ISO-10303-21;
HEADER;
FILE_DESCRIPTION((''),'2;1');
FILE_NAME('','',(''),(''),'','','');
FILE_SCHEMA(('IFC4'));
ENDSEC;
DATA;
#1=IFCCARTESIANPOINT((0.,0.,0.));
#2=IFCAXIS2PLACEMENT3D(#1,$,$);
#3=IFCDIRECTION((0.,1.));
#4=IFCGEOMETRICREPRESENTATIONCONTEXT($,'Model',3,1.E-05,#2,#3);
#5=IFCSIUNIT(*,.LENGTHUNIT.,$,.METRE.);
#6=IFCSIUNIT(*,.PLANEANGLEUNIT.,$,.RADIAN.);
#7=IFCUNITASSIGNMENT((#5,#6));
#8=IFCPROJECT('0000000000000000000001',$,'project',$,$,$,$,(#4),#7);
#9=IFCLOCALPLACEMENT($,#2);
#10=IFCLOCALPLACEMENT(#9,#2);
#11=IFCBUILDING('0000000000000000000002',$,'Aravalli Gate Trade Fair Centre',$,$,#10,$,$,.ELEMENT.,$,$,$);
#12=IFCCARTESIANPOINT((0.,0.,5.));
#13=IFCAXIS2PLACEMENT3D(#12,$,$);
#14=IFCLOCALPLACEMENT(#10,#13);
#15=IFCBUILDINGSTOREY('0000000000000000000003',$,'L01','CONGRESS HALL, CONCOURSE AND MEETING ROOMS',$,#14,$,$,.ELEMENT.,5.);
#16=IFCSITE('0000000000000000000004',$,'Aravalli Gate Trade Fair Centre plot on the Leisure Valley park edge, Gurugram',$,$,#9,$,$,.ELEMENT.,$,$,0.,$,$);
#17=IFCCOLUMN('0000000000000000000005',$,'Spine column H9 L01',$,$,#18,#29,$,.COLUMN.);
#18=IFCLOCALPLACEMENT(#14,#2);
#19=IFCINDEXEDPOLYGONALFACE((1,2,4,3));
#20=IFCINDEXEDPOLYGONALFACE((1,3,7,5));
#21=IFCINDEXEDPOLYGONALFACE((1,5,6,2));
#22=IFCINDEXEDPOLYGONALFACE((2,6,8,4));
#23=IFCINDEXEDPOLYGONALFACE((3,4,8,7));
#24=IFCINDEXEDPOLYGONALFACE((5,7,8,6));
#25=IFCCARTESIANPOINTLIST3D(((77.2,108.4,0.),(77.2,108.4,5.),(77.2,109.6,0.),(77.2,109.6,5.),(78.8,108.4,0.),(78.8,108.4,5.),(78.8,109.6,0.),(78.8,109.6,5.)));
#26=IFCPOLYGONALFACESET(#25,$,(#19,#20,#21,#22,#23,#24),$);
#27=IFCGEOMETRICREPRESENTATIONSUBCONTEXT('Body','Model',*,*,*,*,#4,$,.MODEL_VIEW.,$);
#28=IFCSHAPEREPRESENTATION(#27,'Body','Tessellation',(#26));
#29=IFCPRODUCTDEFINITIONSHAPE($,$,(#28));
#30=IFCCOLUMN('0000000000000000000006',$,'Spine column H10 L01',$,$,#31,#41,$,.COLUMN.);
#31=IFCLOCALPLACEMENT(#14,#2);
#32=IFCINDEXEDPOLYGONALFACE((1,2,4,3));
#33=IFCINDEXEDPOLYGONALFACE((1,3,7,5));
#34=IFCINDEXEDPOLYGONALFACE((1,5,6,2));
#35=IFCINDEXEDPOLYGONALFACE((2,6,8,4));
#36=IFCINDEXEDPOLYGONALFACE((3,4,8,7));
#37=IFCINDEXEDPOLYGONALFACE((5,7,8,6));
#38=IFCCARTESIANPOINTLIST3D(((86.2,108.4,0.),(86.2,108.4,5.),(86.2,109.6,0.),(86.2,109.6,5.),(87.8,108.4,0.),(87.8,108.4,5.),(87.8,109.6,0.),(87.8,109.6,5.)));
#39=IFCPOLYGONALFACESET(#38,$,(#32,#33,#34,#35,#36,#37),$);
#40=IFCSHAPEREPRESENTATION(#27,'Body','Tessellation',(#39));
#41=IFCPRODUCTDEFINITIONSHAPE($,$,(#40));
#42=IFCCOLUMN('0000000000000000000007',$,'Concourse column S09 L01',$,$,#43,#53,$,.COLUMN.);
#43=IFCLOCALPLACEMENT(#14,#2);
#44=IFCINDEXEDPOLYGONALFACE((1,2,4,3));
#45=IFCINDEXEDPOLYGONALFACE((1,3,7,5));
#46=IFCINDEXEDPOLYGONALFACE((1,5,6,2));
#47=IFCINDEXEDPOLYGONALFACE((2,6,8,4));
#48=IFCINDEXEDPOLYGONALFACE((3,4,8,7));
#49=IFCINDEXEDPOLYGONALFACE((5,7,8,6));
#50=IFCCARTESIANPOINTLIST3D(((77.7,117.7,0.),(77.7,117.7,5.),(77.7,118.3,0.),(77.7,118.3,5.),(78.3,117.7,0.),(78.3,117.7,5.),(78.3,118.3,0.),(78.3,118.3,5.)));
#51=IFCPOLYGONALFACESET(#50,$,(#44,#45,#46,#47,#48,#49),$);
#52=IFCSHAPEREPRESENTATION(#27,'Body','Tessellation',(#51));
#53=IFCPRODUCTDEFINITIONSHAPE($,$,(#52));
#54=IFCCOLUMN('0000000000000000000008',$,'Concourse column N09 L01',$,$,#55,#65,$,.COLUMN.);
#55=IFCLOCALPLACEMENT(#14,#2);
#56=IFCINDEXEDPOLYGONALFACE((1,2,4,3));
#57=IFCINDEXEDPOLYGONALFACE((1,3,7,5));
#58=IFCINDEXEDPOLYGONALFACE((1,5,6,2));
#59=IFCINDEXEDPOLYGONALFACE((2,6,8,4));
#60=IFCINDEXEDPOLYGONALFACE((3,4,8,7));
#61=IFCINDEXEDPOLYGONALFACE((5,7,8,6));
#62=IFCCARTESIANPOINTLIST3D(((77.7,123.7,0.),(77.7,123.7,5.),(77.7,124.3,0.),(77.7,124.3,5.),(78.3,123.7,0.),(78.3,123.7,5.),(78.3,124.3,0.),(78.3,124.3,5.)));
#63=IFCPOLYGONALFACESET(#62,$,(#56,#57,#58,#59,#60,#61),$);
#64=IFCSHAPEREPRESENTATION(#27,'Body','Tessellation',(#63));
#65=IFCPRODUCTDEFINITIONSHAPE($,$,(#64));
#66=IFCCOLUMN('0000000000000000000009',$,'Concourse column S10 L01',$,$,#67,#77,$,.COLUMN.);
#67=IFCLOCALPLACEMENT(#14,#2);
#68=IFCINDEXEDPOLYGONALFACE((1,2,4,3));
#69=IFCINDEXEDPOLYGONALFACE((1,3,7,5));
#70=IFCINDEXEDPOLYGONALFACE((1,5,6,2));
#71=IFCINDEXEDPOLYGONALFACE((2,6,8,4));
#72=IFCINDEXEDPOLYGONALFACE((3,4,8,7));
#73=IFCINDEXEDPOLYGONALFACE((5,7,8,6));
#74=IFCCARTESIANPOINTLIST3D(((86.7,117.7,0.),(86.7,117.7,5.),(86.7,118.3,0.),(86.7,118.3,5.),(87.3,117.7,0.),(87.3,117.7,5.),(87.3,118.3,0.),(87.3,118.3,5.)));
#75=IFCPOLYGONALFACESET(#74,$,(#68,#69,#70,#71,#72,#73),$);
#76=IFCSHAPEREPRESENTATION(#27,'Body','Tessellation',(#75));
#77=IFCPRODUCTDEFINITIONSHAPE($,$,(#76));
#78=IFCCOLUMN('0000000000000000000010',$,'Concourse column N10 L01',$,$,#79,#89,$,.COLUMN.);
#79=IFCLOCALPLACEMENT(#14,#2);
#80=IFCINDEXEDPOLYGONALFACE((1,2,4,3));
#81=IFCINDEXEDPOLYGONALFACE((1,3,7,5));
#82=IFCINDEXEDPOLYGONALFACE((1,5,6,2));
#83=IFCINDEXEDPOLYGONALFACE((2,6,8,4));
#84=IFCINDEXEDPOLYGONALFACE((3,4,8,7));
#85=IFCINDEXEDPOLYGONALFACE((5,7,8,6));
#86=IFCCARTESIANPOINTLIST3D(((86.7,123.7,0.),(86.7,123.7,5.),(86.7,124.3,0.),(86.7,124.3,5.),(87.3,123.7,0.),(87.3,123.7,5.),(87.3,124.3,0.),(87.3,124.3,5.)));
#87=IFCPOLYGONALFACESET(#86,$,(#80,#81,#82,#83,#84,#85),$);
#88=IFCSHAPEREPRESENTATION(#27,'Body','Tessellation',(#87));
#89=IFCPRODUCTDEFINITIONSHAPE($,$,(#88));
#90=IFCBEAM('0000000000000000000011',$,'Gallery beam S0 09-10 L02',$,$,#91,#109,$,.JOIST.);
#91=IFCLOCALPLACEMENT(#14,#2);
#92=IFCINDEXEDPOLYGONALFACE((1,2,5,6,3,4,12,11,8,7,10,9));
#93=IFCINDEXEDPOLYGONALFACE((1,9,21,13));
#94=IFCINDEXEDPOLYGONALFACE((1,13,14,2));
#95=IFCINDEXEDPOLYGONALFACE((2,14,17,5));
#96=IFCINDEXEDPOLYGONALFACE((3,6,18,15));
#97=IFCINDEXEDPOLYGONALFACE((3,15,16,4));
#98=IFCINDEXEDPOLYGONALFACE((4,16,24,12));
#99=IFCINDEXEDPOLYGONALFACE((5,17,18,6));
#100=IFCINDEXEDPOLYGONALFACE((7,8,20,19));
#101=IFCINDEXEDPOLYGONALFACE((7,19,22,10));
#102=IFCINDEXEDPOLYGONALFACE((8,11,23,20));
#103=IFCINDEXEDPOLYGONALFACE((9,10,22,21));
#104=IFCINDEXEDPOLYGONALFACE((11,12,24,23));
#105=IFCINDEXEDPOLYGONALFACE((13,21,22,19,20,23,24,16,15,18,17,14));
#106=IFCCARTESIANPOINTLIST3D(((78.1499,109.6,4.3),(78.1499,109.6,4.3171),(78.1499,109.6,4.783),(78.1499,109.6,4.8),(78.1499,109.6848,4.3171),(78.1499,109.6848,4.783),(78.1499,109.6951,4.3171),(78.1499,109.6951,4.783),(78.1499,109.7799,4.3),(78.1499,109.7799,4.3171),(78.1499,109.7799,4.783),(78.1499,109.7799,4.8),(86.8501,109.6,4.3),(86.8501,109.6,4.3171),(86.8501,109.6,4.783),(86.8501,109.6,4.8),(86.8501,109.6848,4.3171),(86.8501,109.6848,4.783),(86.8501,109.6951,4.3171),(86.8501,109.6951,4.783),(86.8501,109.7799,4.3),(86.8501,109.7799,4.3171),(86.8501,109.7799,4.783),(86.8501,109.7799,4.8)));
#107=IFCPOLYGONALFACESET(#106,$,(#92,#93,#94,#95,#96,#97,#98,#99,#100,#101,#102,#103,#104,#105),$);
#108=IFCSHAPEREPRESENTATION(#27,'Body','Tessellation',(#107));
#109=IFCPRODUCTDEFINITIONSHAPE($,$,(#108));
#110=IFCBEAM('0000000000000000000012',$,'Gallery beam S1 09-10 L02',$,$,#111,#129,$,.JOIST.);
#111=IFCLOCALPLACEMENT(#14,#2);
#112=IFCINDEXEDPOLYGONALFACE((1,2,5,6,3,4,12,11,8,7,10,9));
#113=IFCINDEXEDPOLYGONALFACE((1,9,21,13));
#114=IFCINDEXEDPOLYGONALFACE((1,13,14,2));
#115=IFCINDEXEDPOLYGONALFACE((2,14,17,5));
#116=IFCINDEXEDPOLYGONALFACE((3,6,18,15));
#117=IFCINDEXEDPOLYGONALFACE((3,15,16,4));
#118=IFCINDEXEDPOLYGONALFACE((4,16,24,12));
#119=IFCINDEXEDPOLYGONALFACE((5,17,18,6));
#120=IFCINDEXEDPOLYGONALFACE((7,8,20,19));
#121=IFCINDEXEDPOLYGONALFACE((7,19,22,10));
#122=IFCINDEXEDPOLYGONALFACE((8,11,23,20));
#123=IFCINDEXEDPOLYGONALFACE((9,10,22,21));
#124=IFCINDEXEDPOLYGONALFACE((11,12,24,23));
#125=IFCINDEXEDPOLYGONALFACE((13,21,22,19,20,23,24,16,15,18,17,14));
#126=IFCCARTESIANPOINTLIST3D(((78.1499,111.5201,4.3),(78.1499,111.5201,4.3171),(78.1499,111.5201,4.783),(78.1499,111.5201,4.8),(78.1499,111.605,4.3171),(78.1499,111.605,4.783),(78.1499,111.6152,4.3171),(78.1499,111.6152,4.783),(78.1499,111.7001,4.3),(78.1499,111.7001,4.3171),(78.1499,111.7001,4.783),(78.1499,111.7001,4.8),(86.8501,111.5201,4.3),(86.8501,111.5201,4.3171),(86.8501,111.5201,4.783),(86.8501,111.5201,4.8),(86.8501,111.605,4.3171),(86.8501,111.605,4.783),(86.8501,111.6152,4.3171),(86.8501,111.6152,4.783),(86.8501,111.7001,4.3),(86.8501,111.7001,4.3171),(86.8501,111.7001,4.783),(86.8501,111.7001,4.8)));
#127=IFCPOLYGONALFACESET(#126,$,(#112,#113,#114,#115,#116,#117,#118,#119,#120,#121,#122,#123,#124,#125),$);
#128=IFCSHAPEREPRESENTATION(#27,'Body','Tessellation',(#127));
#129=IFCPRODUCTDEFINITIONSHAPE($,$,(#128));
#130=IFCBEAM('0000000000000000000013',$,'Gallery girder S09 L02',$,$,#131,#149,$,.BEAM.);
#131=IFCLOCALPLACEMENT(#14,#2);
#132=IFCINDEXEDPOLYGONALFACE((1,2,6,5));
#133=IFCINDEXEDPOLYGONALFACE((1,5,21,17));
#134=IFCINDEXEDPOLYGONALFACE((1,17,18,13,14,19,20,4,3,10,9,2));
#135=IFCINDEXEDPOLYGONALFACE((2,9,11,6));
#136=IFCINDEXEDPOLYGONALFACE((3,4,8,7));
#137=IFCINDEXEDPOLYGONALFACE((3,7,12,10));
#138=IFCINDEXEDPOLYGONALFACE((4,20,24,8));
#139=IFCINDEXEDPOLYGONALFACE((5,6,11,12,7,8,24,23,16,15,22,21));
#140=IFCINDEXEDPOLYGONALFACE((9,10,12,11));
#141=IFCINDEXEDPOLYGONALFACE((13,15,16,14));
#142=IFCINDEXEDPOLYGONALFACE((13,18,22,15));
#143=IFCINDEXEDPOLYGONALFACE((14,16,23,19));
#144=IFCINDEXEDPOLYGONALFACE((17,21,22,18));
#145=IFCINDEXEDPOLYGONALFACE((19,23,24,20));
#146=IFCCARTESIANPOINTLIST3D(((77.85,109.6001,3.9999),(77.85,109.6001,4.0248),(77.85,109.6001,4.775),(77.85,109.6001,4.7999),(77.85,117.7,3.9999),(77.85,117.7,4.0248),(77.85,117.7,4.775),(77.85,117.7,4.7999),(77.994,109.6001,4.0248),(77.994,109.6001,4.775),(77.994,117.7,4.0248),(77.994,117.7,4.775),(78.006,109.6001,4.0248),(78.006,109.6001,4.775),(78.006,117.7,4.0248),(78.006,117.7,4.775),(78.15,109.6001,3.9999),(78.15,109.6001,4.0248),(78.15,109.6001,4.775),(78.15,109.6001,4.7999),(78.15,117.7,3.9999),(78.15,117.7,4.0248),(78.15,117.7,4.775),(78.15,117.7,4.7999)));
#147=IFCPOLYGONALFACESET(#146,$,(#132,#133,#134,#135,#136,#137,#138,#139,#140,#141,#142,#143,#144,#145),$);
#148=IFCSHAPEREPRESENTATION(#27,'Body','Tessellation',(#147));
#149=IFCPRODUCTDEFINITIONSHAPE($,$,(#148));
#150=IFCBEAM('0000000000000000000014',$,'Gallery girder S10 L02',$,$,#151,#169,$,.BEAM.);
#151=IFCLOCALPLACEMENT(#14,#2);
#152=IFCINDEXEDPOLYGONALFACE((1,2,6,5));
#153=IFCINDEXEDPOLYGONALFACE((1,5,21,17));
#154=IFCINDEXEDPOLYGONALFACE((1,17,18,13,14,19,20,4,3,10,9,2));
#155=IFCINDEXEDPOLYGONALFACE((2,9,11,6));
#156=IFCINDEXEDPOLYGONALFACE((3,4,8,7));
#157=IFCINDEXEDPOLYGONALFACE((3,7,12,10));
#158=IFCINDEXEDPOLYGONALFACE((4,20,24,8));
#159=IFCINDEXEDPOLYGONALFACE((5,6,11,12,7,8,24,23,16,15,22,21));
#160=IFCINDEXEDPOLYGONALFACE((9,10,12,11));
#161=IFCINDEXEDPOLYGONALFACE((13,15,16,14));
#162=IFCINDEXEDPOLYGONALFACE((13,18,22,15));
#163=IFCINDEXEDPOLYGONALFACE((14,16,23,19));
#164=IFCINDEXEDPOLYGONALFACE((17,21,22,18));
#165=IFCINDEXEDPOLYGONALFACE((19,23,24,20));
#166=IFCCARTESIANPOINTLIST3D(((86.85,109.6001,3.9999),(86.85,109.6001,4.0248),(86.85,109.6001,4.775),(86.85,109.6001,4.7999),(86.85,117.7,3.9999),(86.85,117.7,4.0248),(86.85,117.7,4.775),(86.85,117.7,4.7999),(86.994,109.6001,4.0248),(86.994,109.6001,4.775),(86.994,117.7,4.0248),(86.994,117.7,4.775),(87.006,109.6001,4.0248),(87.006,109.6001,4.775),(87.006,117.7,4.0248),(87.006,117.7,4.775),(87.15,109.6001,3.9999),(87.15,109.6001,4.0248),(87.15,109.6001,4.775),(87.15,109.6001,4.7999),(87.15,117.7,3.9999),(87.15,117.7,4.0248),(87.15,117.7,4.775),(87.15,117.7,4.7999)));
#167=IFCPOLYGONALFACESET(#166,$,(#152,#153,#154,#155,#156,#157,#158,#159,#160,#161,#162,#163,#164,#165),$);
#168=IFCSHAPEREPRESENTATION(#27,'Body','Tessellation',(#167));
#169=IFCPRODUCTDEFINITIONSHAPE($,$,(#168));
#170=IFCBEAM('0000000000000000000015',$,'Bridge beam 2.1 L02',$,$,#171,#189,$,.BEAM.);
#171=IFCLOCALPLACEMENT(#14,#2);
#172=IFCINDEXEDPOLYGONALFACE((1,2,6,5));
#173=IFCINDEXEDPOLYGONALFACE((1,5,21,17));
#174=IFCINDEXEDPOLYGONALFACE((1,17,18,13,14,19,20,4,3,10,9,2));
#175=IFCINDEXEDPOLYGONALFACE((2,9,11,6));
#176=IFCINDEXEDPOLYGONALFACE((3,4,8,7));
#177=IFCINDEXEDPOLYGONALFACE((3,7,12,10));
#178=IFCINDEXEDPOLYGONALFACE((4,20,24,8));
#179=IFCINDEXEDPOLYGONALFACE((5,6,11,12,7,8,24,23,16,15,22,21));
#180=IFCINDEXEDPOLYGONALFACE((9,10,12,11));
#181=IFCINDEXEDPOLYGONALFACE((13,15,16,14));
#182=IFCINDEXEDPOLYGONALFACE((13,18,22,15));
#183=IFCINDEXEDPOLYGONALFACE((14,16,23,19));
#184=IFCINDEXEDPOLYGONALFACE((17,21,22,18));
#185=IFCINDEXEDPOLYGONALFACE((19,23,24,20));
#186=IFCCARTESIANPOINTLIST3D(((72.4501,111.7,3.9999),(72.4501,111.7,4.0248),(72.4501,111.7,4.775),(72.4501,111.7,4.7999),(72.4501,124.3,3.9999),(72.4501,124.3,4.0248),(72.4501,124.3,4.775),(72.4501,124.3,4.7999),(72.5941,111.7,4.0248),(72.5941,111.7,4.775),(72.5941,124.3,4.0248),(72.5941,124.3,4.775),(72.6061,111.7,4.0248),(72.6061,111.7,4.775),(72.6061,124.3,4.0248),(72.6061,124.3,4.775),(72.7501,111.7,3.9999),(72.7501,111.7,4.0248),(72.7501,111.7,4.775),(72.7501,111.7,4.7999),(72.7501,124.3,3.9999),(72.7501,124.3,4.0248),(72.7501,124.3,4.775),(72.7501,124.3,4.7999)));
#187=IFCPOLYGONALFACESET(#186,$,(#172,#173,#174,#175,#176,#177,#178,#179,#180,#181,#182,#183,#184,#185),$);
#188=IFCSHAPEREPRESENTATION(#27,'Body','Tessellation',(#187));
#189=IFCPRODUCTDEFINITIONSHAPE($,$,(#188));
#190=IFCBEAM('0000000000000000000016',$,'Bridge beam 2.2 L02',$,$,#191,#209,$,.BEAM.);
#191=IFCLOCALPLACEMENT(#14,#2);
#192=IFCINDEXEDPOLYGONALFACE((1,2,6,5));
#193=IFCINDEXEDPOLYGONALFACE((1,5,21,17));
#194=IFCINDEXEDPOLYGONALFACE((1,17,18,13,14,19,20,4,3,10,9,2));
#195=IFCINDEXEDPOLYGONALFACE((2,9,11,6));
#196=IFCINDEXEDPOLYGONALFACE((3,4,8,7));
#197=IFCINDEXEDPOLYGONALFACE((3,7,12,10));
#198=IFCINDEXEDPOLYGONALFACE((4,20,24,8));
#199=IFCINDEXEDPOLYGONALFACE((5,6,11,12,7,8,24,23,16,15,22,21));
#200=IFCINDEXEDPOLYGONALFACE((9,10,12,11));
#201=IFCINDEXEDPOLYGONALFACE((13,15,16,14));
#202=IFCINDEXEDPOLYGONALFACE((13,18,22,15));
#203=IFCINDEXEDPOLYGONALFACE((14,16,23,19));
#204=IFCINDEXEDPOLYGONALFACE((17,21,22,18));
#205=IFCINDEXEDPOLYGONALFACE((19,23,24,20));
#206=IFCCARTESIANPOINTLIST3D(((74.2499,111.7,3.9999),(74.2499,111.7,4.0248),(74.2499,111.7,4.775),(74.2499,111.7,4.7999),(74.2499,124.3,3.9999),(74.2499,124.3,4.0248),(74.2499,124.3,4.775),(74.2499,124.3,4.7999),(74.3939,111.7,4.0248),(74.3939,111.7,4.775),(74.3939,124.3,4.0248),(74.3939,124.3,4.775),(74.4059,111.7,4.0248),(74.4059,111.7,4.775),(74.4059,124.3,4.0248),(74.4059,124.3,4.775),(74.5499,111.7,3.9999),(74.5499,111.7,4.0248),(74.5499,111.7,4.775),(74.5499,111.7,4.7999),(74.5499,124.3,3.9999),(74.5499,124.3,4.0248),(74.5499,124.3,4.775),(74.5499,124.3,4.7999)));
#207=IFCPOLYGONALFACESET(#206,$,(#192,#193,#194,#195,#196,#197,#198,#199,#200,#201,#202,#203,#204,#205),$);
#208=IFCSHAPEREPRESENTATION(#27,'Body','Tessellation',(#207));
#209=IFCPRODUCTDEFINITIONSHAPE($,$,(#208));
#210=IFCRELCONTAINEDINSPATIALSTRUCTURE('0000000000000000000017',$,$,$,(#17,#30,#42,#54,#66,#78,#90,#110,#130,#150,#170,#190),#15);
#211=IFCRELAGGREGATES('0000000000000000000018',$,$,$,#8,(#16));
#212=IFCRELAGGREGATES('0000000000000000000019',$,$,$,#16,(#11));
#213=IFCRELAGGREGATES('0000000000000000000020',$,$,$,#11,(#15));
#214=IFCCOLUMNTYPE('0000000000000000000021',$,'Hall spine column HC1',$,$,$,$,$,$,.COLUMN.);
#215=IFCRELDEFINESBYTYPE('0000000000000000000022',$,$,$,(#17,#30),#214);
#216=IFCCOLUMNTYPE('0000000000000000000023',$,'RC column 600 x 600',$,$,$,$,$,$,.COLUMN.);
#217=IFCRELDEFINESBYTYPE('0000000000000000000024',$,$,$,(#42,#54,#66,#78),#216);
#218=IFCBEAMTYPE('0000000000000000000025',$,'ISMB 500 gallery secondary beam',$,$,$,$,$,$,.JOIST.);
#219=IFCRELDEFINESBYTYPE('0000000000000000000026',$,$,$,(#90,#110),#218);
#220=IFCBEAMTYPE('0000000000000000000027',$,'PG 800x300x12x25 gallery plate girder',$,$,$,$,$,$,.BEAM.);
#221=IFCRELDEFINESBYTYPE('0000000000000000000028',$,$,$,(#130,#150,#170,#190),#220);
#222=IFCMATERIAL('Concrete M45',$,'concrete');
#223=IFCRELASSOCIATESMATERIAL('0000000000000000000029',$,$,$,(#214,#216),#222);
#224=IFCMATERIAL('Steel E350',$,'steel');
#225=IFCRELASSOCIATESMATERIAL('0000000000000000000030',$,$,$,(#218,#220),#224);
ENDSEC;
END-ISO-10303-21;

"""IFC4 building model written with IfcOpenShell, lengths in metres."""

from ifc_helpers import new_model, si_unit, direction, frame, origin, origin_2d, place, context, subcontext, project, spatial, rectangle, i_section, extrude, material, material_profile, profile_set, type_object, element, save


model = new_model("IFC4")

# Units and contexts
model_context = context("Model", 3, precision=1e-05, world=origin(), true_north=direction((0.0, 1.0)))
body_context = subcontext(model_context, "Body", "Model", "MODEL_VIEW")
ifc_project = project(units=[si_unit("LENGTHUNIT", "METRE"), si_unit("PLANEANGLEUNIT", "RADIAN")], contexts=[model_context])

# Site, building, storey
site_placement = place(None, origin())
site = spatial("IfcSite", under=ifc_project, at=site_placement, Name="Aravalli Gate Trade Fair Centre plot on the Leisure Valley park edge, Gurugram", CompositionType="ELEMENT", RefElevation=0.0)
building_placement = place(site_placement, origin())
building = spatial("IfcBuilding", under=site, at=building_placement, Name="Aravalli Gate Trade Fair Centre", CompositionType="ELEMENT")
storey_placement = place(building_placement, frame((0.0, 0.0, 5.0)))
storey = spatial("IfcBuildingStorey", under=building, at=storey_placement, Name="L01", Description="CONGRESS HALL, CONCOURSE AND MEETING ROOMS", CompositionType="ELEMENT", Elevation=5.0)

# Columns
ifc_material_1 = material(Name="Concrete M45", Category="concrete")
ifc_material_profile_1 = material_profile(ifc_material_1, rectangle(XDim=1.6001, YDim=1.2, at=origin_2d()), Name="RC 1600x1200")
ifc_profile_set_1 = profile_set([ifc_material_profile_1], Name="Concrete M45")
column_type_1 = type_object("IfcColumnType", Name="Hall spine column HC1", PredefinedType="COLUMN", material=ifc_profile_set_1)
for number, where, z_axis, x_axis, name in (
    (1, (78.0, 109.0, 0.0), (0.0, 0.0, 1.0), (1.0, 0.0, 0.0), "Spine column H9 L01"),
    (2, (87.0, 109.0, 0.0), (0.0, 0.0, 1.0), (1.0, 0.0, 0.0), "Spine column H10 L01"),
):
    element("IfcColumn", number, at=place(storey_placement, frame(where, z_axis=z_axis, x_axis=x_axis)), inside=storey, type_object=column_type_1, Name=name, PredefinedType="COLUMN", context=body_context, shape_type="SweptSolid", body=[
        extrude(rectangle(XDim=1.6001, YDim=1.2, at=origin_2d()), origin(), (0.0, 0.0, 1.0), 5.0),
    ])
ifc_material_profile_2 = material_profile(ifc_material_1, rectangle(XDim=0.6001, YDim=0.6001, at=origin_2d()), Name="RC column 600 x 600")
ifc_profile_set_2 = profile_set([ifc_material_profile_2], Name="Concrete M45")
column_type_2 = type_object("IfcColumnType", Name="RC column 600 x 600", PredefinedType="COLUMN", material=ifc_profile_set_2)
for number, where, z_axis, x_axis, name in (
    (3, (78.0, 118.0, 0.0), (0.0, 0.0, 1.0), (1.0, 0.0, 0.0), "Concourse column S09 L01"),
    (4, (78.0, 124.0, 0.0), (0.0, 0.0, 1.0), (1.0, 0.0, 0.0), "Concourse column N09 L01"),
    (5, (87.0, 118.0, 0.0), (0.0, 0.0, 1.0), (1.0, 0.0, 0.0), "Concourse column S10 L01"),
    (6, (87.0, 124.0, 0.0), (0.0, 0.0, 1.0), (1.0, 0.0, 0.0), "Concourse column N10 L01"),
):
    element("IfcColumn", number, at=place(storey_placement, frame(where, z_axis=z_axis, x_axis=x_axis)), inside=storey, type_object=column_type_2, Name=name, PredefinedType="COLUMN", context=body_context, shape_type="SweptSolid", body=[
        extrude(rectangle(XDim=0.6001, YDim=0.6001, at=origin_2d()), origin(), (0.0, 0.0, 1.0), 5.0),
    ])

# Beams
ifc_material_2 = material(Name="Steel E350", Category="steel")
ifc_material_profile_3 = material_profile(ifc_material_2, i_section(OverallWidth=0.1799, OverallDepth=0.5, WebThickness=0.0103, FlangeThickness=0.0171, at=origin_2d()), Name="ISMB 500")
ifc_profile_set_3 = profile_set([ifc_material_profile_3], Name="Steel E350")
beam_type_1 = type_object("IfcBeamType", Name="ISMB 500 gallery secondary beam", PredefinedType="JOIST", material=ifc_profile_set_3)
for number, where, z_axis, x_axis, name in (
    (7, (78.1499, 109.6899, 4.55), (1.0, 0.0, 0.0), (0.0, 1.0, 0.0), "Gallery beam S0 09-10 L02"),
    (8, (78.1499, 111.6101, 4.55), (1.0, 0.0, 0.0), (0.0, 1.0, 0.0), "Gallery beam S1 09-10 L02"),
):
    element("IfcBeam", number, at=place(storey_placement, frame(where, z_axis=z_axis, x_axis=x_axis)), inside=storey, type_object=beam_type_1, Name=name, PredefinedType="JOIST", context=body_context, shape_type="SweptSolid", body=[
        extrude(i_section(OverallWidth=0.1799, OverallDepth=0.5, WebThickness=0.0103, FlangeThickness=0.0171, at=origin_2d()), origin(), (0.0, 0.0, 1.0), 8.7002),
    ])
ifc_material_profile_4 = material_profile(ifc_material_2, i_section(OverallWidth=0.3, OverallDepth=0.8, WebThickness=0.012, FlangeThickness=0.0249, at=origin_2d()), Name="PG 800x300x12x25")
ifc_profile_set_4 = profile_set([ifc_material_profile_4], Name="Steel E350")
beam_type_2 = type_object("IfcBeamType", Name="PG 800x300x12x25 gallery plate girder", PredefinedType="BEAM", material=ifc_profile_set_4)
for number, where, z_axis, x_axis, name in (
    (9, (78.0, 109.6001, 4.3999), (0.0, 1.0, 0.0), (-1.0, 0.0, 0.0), "Gallery girder S09 L02"),
    (10, (87.0, 109.6001, 4.3999), (0.0, 1.0, 0.0), (-1.0, 0.0, 0.0), "Gallery girder S10 L02"),
):
    element("IfcBeam", number, at=place(storey_placement, frame(where, z_axis=z_axis, x_axis=x_axis)), inside=storey, type_object=beam_type_2, Name=name, PredefinedType="BEAM", context=body_context, shape_type="SweptSolid", body=[
        extrude(i_section(OverallWidth=0.3, OverallDepth=0.8, WebThickness=0.012, FlangeThickness=0.0249, at=origin_2d()), origin(), (0.0, 0.0, 1.0), 8.0999),
    ])
for number, where, z_axis, x_axis, name in (
    (11, (72.6001, 111.7, 4.3999), (0.0, 1.0, 0.0), (-1.0, 0.0, 0.0), "Bridge beam 2.1 L02"),
    (12, (74.3999, 111.7, 4.3999), (0.0, 1.0, 0.0), (-1.0, 0.0, 0.0), "Bridge beam 2.2 L02"),
):
    element("IfcBeam", number, at=place(storey_placement, frame(where, z_axis=z_axis, x_axis=x_axis)), inside=storey, type_object=beam_type_2, Name=name, PredefinedType="BEAM", context=body_context, shape_type="SweptSolid", body=[
        extrude(i_section(OverallWidth=0.3, OverallDepth=0.8, WebThickness=0.012, FlangeThickness=0.0249, at=origin_2d()), origin(), (0.0, 0.0, 1.0), 12.6001),
    ])

save(model, "model.ifc")
